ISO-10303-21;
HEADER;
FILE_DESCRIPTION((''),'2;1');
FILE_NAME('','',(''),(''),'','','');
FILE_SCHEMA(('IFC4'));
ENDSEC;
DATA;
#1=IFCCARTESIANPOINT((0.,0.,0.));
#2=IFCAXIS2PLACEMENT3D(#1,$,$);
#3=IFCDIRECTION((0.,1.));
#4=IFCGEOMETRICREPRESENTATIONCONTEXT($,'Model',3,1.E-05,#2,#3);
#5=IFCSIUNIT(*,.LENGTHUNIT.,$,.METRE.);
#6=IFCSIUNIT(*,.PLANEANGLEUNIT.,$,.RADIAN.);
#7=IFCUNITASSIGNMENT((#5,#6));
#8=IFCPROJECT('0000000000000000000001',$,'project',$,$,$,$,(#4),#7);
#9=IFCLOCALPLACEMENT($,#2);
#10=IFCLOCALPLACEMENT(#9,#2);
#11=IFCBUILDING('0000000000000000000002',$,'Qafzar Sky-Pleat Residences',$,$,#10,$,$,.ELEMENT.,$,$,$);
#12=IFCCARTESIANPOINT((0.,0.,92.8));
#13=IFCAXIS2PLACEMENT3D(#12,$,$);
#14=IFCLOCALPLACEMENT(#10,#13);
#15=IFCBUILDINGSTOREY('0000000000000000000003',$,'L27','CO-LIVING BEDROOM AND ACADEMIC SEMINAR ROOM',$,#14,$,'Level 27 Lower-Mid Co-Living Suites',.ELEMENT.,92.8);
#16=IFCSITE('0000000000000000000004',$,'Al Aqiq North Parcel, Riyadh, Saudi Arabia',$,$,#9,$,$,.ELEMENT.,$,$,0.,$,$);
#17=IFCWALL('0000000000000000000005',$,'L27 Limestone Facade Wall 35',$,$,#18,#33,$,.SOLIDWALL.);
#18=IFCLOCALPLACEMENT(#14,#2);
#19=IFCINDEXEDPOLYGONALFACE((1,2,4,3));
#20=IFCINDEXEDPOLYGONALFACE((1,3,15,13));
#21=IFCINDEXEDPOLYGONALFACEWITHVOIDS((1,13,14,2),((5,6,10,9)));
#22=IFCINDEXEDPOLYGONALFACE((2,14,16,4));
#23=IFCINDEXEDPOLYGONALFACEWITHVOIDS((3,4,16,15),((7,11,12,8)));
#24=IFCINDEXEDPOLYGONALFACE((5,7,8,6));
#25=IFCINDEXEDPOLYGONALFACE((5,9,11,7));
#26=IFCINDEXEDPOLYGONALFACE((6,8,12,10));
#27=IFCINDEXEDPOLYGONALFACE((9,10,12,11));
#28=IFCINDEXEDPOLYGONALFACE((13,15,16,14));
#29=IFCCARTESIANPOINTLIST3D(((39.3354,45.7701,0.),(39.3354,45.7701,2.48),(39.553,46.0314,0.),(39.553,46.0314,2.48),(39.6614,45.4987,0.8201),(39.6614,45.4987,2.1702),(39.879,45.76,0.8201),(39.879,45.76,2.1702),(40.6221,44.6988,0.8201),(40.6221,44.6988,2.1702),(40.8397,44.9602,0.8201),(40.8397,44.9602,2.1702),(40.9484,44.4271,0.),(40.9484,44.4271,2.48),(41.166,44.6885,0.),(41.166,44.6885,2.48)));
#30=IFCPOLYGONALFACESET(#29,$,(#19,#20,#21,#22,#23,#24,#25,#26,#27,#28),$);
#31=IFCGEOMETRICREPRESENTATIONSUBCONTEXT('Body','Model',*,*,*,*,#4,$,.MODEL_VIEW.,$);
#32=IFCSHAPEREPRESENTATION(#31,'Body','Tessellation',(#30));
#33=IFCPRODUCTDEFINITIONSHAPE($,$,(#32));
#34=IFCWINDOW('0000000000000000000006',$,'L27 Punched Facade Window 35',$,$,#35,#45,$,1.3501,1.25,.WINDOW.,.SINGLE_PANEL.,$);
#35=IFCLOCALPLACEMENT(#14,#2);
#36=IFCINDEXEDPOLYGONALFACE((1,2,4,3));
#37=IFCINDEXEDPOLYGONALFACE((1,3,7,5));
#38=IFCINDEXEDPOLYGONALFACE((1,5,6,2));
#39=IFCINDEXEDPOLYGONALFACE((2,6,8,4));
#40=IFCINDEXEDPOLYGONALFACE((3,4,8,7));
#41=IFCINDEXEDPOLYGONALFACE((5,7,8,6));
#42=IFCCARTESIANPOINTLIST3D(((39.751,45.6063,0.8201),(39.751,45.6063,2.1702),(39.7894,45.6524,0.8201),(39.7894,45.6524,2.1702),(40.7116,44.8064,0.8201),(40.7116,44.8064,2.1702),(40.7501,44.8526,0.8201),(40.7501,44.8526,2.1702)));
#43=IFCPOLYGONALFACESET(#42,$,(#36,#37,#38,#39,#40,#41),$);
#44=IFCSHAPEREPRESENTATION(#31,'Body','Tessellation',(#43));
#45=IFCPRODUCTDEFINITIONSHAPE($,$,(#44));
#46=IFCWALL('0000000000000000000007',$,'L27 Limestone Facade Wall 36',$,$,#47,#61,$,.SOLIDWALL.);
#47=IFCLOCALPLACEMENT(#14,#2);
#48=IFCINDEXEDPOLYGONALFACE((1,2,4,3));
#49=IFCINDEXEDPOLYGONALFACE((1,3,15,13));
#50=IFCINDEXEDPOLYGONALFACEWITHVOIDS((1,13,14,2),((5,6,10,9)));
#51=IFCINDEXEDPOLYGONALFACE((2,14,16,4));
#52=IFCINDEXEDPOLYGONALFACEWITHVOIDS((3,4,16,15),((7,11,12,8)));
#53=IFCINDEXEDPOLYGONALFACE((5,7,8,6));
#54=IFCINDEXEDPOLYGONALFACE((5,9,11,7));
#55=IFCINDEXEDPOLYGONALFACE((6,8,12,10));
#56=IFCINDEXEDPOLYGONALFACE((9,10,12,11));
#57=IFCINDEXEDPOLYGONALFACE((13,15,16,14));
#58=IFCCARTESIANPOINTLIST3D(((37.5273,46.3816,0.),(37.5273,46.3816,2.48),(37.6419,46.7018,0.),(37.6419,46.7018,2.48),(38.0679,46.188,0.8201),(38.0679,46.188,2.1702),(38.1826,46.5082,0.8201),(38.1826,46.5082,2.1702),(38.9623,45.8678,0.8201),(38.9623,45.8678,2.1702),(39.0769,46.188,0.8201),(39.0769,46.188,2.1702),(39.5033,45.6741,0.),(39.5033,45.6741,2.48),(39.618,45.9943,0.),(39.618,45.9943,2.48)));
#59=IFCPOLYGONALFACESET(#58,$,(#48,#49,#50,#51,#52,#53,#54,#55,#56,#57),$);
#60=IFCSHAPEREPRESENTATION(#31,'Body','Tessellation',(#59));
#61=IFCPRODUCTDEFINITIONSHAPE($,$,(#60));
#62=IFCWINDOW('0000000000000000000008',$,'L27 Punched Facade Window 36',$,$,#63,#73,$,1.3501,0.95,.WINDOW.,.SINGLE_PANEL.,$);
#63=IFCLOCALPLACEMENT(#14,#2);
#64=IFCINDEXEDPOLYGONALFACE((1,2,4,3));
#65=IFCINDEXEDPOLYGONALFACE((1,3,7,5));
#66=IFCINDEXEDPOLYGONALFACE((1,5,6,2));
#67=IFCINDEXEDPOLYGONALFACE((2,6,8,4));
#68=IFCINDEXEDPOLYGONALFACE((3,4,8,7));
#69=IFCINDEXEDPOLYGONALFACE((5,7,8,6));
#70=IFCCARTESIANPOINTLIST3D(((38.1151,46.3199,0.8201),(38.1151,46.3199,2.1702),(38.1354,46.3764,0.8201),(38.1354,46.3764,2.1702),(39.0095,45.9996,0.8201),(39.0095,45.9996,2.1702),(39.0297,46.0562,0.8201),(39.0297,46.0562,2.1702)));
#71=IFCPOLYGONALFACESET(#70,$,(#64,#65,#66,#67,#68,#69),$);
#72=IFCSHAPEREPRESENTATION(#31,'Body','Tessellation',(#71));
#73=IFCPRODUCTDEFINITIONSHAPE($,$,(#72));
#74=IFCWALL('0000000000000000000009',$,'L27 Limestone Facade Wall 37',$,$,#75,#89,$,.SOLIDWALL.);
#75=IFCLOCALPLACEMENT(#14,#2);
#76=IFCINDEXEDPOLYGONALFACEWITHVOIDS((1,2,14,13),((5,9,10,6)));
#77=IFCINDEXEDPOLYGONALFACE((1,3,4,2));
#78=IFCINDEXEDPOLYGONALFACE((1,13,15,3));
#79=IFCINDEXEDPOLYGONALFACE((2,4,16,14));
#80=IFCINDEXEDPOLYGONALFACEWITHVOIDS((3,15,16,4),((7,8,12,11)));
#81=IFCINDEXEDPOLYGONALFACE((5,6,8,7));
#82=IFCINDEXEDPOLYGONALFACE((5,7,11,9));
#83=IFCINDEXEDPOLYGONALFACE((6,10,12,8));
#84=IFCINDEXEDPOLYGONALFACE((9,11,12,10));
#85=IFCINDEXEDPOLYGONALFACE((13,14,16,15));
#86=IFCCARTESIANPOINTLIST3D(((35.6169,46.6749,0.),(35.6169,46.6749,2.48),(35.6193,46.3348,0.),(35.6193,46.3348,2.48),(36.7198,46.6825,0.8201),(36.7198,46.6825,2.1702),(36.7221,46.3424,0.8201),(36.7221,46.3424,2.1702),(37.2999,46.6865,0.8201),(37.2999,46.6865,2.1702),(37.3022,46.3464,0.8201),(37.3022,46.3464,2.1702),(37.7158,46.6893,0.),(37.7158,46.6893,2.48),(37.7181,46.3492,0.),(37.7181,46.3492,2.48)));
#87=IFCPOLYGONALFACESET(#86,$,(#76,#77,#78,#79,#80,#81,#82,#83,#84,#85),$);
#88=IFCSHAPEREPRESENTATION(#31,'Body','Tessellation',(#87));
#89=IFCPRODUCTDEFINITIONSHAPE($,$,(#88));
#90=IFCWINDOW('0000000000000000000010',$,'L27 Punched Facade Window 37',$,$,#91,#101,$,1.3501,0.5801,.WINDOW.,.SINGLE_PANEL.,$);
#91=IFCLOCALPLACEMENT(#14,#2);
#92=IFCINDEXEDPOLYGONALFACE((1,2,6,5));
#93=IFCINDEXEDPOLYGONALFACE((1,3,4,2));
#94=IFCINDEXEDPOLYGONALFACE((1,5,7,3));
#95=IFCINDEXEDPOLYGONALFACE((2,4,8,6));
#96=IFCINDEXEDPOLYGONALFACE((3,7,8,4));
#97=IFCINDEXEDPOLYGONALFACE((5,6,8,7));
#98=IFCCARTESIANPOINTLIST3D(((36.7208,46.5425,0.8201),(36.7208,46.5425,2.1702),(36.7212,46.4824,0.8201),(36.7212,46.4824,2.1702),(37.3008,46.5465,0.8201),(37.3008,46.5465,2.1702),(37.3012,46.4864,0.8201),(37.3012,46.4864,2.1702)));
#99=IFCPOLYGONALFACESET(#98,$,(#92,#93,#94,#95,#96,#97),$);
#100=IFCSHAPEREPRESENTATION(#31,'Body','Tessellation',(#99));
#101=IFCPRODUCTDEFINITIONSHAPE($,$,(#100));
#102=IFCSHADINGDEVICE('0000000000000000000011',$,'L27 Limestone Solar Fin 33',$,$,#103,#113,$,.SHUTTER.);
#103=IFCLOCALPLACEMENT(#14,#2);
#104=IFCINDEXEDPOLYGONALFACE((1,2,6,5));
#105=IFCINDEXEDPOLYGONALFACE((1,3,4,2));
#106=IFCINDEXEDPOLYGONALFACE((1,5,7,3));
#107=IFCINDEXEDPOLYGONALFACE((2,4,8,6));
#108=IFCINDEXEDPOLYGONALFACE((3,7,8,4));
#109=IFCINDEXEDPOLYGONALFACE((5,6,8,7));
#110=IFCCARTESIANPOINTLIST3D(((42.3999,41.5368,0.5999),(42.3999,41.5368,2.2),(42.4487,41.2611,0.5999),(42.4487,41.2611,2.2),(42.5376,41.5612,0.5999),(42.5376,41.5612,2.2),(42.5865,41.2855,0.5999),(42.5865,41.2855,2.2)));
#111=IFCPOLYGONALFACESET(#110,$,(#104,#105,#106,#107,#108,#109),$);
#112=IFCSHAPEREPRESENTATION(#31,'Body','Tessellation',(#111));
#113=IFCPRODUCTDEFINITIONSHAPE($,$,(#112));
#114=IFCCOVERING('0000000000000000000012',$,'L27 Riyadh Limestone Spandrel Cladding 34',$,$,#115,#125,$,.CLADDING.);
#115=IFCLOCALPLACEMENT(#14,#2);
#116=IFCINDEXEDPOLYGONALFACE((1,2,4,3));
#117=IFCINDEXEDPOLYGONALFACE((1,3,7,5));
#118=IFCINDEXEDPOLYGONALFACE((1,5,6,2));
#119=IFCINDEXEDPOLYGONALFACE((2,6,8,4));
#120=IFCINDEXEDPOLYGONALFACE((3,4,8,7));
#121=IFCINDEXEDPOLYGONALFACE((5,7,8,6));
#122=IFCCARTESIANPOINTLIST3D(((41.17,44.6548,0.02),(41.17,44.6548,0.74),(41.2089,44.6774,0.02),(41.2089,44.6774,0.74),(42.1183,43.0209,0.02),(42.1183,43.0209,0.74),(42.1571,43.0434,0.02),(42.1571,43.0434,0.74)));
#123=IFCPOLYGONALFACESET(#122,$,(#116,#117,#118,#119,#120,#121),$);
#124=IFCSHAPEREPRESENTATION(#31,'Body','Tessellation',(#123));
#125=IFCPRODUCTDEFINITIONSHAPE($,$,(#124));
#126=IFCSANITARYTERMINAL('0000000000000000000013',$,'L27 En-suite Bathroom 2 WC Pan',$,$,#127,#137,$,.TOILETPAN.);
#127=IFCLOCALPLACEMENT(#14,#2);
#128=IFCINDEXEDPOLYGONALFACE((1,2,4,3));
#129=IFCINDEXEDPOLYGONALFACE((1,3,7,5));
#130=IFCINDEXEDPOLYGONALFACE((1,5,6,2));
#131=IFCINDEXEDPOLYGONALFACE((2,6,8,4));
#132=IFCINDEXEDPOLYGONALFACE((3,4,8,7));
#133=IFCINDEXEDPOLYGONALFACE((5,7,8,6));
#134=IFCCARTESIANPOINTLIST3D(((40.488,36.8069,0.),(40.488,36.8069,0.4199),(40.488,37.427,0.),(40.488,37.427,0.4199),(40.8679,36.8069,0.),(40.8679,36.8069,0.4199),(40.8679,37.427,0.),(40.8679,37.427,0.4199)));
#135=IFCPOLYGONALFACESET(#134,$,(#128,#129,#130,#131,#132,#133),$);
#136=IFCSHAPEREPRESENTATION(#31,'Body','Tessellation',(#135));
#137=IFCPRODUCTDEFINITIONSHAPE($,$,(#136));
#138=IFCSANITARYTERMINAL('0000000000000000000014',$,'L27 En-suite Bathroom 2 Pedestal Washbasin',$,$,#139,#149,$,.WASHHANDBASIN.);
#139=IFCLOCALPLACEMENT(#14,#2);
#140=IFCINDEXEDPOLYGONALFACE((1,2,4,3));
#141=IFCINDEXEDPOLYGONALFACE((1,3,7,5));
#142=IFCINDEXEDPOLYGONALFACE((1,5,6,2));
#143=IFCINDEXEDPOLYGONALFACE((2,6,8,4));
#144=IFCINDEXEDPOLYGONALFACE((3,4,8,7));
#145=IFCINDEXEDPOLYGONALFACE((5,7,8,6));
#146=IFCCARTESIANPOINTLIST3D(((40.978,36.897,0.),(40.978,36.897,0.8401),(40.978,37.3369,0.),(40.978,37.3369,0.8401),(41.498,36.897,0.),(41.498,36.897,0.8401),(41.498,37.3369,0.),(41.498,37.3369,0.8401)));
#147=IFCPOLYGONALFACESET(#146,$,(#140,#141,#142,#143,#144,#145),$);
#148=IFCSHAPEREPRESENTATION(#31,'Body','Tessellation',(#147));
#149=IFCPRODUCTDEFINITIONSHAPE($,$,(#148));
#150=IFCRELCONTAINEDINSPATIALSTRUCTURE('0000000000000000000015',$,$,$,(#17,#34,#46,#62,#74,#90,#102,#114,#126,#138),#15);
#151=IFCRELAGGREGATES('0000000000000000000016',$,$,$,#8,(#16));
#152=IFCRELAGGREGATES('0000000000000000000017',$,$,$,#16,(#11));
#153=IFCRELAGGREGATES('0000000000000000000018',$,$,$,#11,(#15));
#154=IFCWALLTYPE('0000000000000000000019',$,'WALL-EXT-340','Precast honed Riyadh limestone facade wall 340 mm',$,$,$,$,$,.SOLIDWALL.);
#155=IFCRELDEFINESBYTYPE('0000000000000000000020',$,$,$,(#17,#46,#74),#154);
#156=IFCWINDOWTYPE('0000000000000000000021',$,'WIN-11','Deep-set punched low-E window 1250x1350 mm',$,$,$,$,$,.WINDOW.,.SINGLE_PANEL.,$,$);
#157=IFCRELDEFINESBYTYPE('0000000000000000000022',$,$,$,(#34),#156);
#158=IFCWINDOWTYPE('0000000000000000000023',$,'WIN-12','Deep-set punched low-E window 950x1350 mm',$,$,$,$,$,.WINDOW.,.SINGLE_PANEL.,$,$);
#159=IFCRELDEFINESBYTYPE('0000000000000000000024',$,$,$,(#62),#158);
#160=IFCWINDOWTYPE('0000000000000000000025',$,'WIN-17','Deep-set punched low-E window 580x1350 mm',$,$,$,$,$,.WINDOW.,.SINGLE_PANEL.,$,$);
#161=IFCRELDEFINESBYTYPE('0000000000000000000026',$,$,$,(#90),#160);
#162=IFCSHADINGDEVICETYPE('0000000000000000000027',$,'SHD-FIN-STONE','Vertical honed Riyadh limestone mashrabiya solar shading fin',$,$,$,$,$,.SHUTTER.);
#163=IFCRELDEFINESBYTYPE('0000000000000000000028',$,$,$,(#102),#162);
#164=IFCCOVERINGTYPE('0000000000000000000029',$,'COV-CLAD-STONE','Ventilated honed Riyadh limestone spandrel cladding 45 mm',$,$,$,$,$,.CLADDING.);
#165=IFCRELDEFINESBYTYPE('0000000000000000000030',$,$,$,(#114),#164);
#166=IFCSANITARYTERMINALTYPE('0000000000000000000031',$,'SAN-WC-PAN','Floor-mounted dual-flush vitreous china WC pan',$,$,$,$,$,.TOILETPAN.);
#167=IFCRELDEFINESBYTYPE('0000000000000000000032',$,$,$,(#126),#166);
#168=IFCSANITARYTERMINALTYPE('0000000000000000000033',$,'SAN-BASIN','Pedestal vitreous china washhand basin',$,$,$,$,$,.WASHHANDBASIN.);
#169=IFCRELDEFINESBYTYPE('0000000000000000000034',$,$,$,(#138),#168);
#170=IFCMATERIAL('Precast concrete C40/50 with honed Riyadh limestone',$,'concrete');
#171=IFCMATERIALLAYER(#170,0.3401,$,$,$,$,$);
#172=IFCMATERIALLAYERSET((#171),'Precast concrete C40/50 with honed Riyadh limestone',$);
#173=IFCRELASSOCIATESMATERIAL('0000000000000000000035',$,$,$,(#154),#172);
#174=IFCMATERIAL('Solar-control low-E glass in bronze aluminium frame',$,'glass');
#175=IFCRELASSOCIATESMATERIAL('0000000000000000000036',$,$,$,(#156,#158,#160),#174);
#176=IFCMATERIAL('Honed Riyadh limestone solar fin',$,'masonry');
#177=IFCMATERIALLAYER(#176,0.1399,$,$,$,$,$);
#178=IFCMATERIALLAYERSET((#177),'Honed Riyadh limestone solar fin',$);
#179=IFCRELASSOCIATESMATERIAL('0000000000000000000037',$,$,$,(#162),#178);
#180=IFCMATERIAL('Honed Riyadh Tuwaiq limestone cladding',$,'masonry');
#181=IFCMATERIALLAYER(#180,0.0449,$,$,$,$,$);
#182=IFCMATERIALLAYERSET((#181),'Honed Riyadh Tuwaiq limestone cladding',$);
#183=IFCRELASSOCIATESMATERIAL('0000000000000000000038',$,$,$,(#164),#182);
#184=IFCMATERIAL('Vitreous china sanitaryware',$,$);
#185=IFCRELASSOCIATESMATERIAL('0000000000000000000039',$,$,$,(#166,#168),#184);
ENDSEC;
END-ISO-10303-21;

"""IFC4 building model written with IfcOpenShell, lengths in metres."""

from ifc_helpers import new_model, si_unit, direction, frame, frame_2d, origin, origin_2d, place, context, subcontext, project, spatial, rectangle, extrude, source, transform, mapped, material, layer, layer_set, type_object, element, fill, save


model = new_model("IFC4")

# Units and contexts
model_context = context("Model", 3, precision=1e-05, world=origin(), true_north=direction((0.0, 1.0)))
body_context = subcontext(model_context, "Body", "Model", "MODEL_VIEW")
ifc_project = project(units=[si_unit("LENGTHUNIT", "METRE"), si_unit("PLANEANGLEUNIT", "RADIAN")], contexts=[model_context])

# Site, building, storey
site_placement = place(None, origin())
site = spatial("IfcSite", under=ifc_project, at=site_placement, Name="Al Aqiq North Parcel, Riyadh, Saudi Arabia", CompositionType="ELEMENT", RefElevation=0.0)
building_placement = place(site_placement, origin())
building = spatial("IfcBuilding", under=site, at=building_placement, Name="Qafzar Sky-Pleat Residences", CompositionType="ELEMENT")
storey_placement = place(building_placement, frame((0.0, 0.0, 92.8)))
storey = spatial("IfcBuildingStorey", under=building, at=storey_placement, Name="L27", Description="CO-LIVING BEDROOM AND ACADEMIC SEMINAR ROOM", LongName="Level 27 Lower-Mid Co-Living Suites", CompositionType="ELEMENT", Elevation=92.8)

# Walls, openings, windows
ifc_material_1 = material(Name="Precast concrete C40/50 with honed Riyadh limestone", Category="concrete")
ifc_layer_1 = layer(ifc_material_1, 0.3401)
ifc_layer_set_1 = layer_set([ifc_layer_1], Name="Precast concrete C40/50 with honed Riyadh limestone")
wall_type_1 = type_object("IfcWallType", Name="WALL-EXT-340", Description="Precast honed Riyadh limestone facade wall 340 mm", PredefinedType="SOLIDWALL", material=ifc_layer_set_1)
ifc_material_2 = material(Name="Solar-control low-E glass in bronze aluminium frame", Category="glass")
wall_1_placement = place(storey_placement, frame((41.0571, 44.5579, 0.0), z_axis=(0.0, 0.0, 1.0), x_axis=(-0.768498, 0.639853, 0.0)))
wall_1 = element("IfcWall", 1, at=wall_1_placement, inside=storey, type_object=wall_type_1, Name="L27 Limestone Facade Wall 35", PredefinedType="SOLIDWALL", context=body_context, shape_type="SweptSolid", body=[
    extrude(rectangle(XDim=2.0989, YDim=0.3401, at=frame_2d((1.0493, 0.0))), origin(), (0.0, 0.0, 1.0), 2.48),
])
opening_1_placement = place(wall_1_placement, frame((0.4246, 0.0, 0.8201)))
opening_1 = element("IfcOpeningElement", 2, at=opening_1_placement, cuts=wall_1, PredefinedType="OPENING", context=body_context, shape_type="SweptSolid", body=[
    extrude(rectangle(XDim=1.25, YDim=1.3501, at=frame_2d((0.625, 0.675))), frame((0.0, 0.1802, 0.0), z_axis=(0.0, -1.0, 0.0), x_axis=(1.0, 0.0, 0.0)), (0.0, 0.0, 1.0), 0.3601),
])
window_type_1 = type_object("IfcWindowType", Name="WIN-11", Description="Deep-set punched low-E window 1250x1350 mm", PartitioningType="SINGLE_PANEL", PredefinedType="WINDOW", material=ifc_material_2)
shared_shape_1 = source(origin(), body_context, "Body", "SweptSolid", [
    extrude(rectangle(XDim=1.25, YDim=1.3501, at=frame_2d((0.625, 0.675))), frame((0.0, 0.03, 0.0), z_axis=(0.0, -1.0, 0.0), x_axis=(1.0, 0.0, 0.0)), (0.0, 0.0, 1.0), 0.0601),
])
window_1_placement = place(opening_1_placement, origin())
window_1 = element("IfcWindow", 3, at=window_1_placement, inside=storey, type_object=window_type_1, Name="L27 Punched Facade Window 35", OverallHeight=1.3501, OverallWidth=1.25, PartitioningType="SINGLE_PANEL", PredefinedType="WINDOW", context=body_context, shape_type="MappedRepresentation", body=[
    mapped(shared_shape_1, transform((0.0, 0.0, 0.0), x_axis=(1.0, 0.0, 0.0), y_axis=(0.0, 1.0, 0.0), z_axis=(0.0, 0.0, 1.0), scale=1.0)),
])
fill(opening_1, window_1)
wall_2_placement = place(storey_placement, frame((39.5605, 45.8342, 0.0), z_axis=(0.0, 0.0, 1.0), x_axis=(-0.941473, 0.337088, 0.0)))
wall_2 = element("IfcWall", 4, at=wall_2_placement, inside=storey, type_object=wall_type_1, Name="L27 Limestone Facade Wall 36", PredefinedType="SOLIDWALL", context=body_context, shape_type="SweptSolid", body=[
    extrude(rectangle(XDim=2.0989, YDim=0.3401, at=frame_2d((1.0493, 0.0))), origin(), (0.0, 0.0, 1.0), 2.48),
])
opening_2_placement = place(wall_2_placement, frame((0.5745, 0.0, 0.8201)))
opening_2 = element("IfcOpeningElement", 5, at=opening_2_placement, cuts=wall_2, PredefinedType="OPENING", context=body_context, shape_type="SweptSolid", body=[
    extrude(rectangle(XDim=0.95, YDim=1.3501, at=frame_2d((0.4751, 0.675))), frame((0.0, 0.1802, 0.0), z_axis=(0.0, -1.0, 0.0), x_axis=(1.0, 0.0, 0.0)), (0.0, 0.0, 1.0), 0.3601),
])
window_type_2 = type_object("IfcWindowType", Name="WIN-12", Description="Deep-set punched low-E window 950x1350 mm", PartitioningType="SINGLE_PANEL", PredefinedType="WINDOW", material=ifc_material_2)
shared_shape_2 = source(origin(), body_context, "Body", "SweptSolid", [
    extrude(rectangle(XDim=0.95, YDim=1.3501, at=frame_2d((0.4751, 0.675))), frame((0.0, 0.03, 0.0), z_axis=(0.0, -1.0, 0.0), x_axis=(1.0, 0.0, 0.0)), (0.0, 0.0, 1.0), 0.0601),
])
window_2_placement = place(opening_2_placement, origin())
window_2 = element("IfcWindow", 6, at=window_2_placement, inside=storey, type_object=window_type_2, Name="L27 Punched Facade Window 36", OverallHeight=1.3501, OverallWidth=0.95, PartitioningType="SINGLE_PANEL", PredefinedType="WINDOW", context=body_context, shape_type="MappedRepresentation", body=[
    mapped(shared_shape_2, transform((0.0, 0.0, 0.0), x_axis=(1.0, 0.0, 0.0), y_axis=(0.0, 1.0, 0.0), z_axis=(0.0, 0.0, 1.0), scale=1.0)),
])
fill(opening_2, window_2)
wall_3_placement = place(storey_placement, frame((37.7168, 46.5193, 0.0), z_axis=(0.0, 0.0, 1.0), x_axis=(-0.999976, -0.006863, 0.0)))
wall_3 = element("IfcWall", 7, at=wall_3_placement, inside=storey, type_object=wall_type_1, Name="L27 Limestone Facade Wall 37", PredefinedType="SOLIDWALL", context=body_context, shape_type="SweptSolid", body=[
    extrude(rectangle(XDim=2.0989, YDim=0.3401, at=frame_2d((1.0493, 0.0))), origin(), (0.0, 0.0, 1.0), 2.48),
])
opening_3_placement = place(wall_3_placement, frame((0.4158, 0.0, 0.8201)))
opening_3 = element("IfcOpeningElement", 8, at=opening_3_placement, cuts=wall_3, PredefinedType="OPENING", context=body_context, shape_type="SweptSolid", body=[
    extrude(rectangle(XDim=0.5801, YDim=1.3501, at=frame_2d((0.29, 0.675))), frame((0.0, 0.1802, 0.0), z_axis=(0.0, -1.0, 0.0), x_axis=(1.0, 0.0, 0.0)), (0.0, 0.0, 1.0), 0.3601),
])
window_type_3 = type_object("IfcWindowType", Name="WIN-17", Description="Deep-set punched low-E window 580x1350 mm", PartitioningType="SINGLE_PANEL", PredefinedType="WINDOW", material=ifc_material_2)
shared_shape_3 = source(origin(), body_context, "Body", "SweptSolid", [
    extrude(rectangle(XDim=0.5801, YDim=1.3501, at=frame_2d((0.29, 0.675))), frame((0.0, 0.03, 0.0), z_axis=(0.0, -1.0, 0.0), x_axis=(1.0, 0.0, 0.0)), (0.0, 0.0, 1.0), 0.0601),
])
window_3_placement = place(opening_3_placement, origin())
window_3 = element("IfcWindow", 9, at=window_3_placement, inside=storey, type_object=window_type_3, Name="L27 Punched Facade Window 37", OverallHeight=1.3501, OverallWidth=0.5801, PartitioningType="SINGLE_PANEL", PredefinedType="WINDOW", context=body_context, shape_type="MappedRepresentation", body=[
    mapped(shared_shape_3, transform((0.0, 0.0, 0.0), x_axis=(1.0, 0.0, 0.0), y_axis=(0.0, 1.0, 0.0), z_axis=(0.0, 0.0, 1.0), scale=1.0)),
])
fill(opening_3, window_3)

# Shading device
ifc_material_3 = material(Name="Honed Riyadh limestone solar fin", Category="masonry")
ifc_layer_2 = layer(ifc_material_3, 0.1399)
ifc_layer_set_2 = layer_set([ifc_layer_2], Name="Honed Riyadh limestone solar fin")
shading_device_type = type_object("IfcShadingDeviceType", Name="SHD-FIN-STONE", Description="Vertical honed Riyadh limestone mashrabiya solar shading fin", PredefinedType="SHUTTER", material=ifc_layer_set_2)
shared_shape_4 = source(origin(), body_context, "Body", "SweptSolid", [
    extrude(rectangle(XDim=0.1399, YDim=0.28, at=origin_2d()), origin(), (0.0, 0.0, 1.0), 1.6001),
])
shading_device_placement = place(storey_placement, frame((42.4932, 41.4111, 0.5999), z_axis=(0.0, 0.0, 1.0), x_axis=(0.984676, 0.174394, 0.0)))
element("IfcShadingDevice", 10, at=shading_device_placement, inside=storey, type_object=shading_device_type, Name="L27 Limestone Solar Fin 33", PredefinedType="SHUTTER", context=body_context, shape_type="MappedRepresentation", body=[
    mapped(shared_shape_4, transform((0.0, 0.0, 0.0), x_axis=(1.0, 0.0, 0.0), y_axis=(0.0, 1.0, 0.0), z_axis=(0.0, 0.0, 1.0), scale=1.0)),
])

# Covering
ifc_material_4 = material(Name="Honed Riyadh Tuwaiq limestone cladding", Category="masonry")
ifc_layer_3 = layer(ifc_material_4, 0.0449)
ifc_layer_set_3 = layer_set([ifc_layer_3], Name="Honed Riyadh Tuwaiq limestone cladding")
covering_type = type_object("IfcCoveringType", Name="COV-CLAD-STONE", Description="Ventilated honed Riyadh limestone spandrel cladding 45 mm", PredefinedType="CLADDING", material=ifc_layer_set_3)
shared_shape_5 = source(origin(), body_context, "Body", "SweptSolid", [
    extrude(rectangle(XDim=1.8892, YDim=0.0449, at=origin_2d()), origin(), (0.0, 0.0, 1.0), 0.72),
])
covering_placement = place(storey_placement, frame((41.6636, 43.8491, 0.02), z_axis=(0.0, 0.0, 1.0), x_axis=(-0.501956, 0.864893, 0.0)))
element("IfcCovering", 11, at=covering_placement, inside=storey, type_object=covering_type, Name="L27 Riyadh Limestone Spandrel Cladding 34", PredefinedType="CLADDING", context=body_context, shape_type="MappedRepresentation", body=[
    mapped(shared_shape_5, transform((0.0, 0.0, 0.0), x_axis=(1.0, 0.0, 0.0), y_axis=(0.0, 1.0, 0.0), z_axis=(0.0, 0.0, 1.0), scale=1.0)),
])

# Sanitary terminals
ifc_material_5 = material(Name="Vitreous china sanitaryware")
sanitary_terminal_type_1 = type_object("IfcSanitaryTerminalType", Name="SAN-WC-PAN", Description="Floor-mounted dual-flush vitreous china WC pan", PredefinedType="TOILETPAN", material=ifc_material_5)
shared_shape_6 = source(origin(), body_context, "Body", "SweptSolid", [
    extrude(rectangle(XDim=0.3799, YDim=0.6201, at=origin_2d()), origin(), (0.0, 0.0, 1.0), 0.4199),
])
sanitary_terminal_1_placement = place(storey_placement, frame((40.678, 37.1169, 0.0), z_axis=(0.0, 0.0, 1.0), x_axis=(1.0, 0.0, 0.0)))
element("IfcSanitaryTerminal", 12, at=sanitary_terminal_1_placement, inside=storey, type_object=sanitary_terminal_type_1, Name="L27 En-suite Bathroom 2 WC Pan", PredefinedType="TOILETPAN", context=body_context, shape_type="MappedRepresentation", body=[
    mapped(shared_shape_6, transform((0.0, 0.0, 0.0), x_axis=(1.0, 0.0, 0.0), y_axis=(0.0, 1.0, 0.0), z_axis=(0.0, 0.0, 1.0), scale=1.0)),
])
sanitary_terminal_type_2 = type_object("IfcSanitaryTerminalType", Name="SAN-BASIN", Description="Pedestal vitreous china washhand basin", PredefinedType="WASHHANDBASIN", material=ifc_material_5)
shared_shape_7 = source(origin(), body_context, "Body", "SweptSolid", [
    extrude(rectangle(XDim=0.52, YDim=0.4399, at=origin_2d()), origin(), (0.0, 0.0, 1.0), 0.8401),
])
sanitary_terminal_2_placement = place(storey_placement, frame((41.238, 37.1169, 0.0), z_axis=(0.0, 0.0, 1.0), x_axis=(1.0, 0.0, 0.0)))
element("IfcSanitaryTerminal", 13, at=sanitary_terminal_2_placement, inside=storey, type_object=sanitary_terminal_type_2, Name="L27 En-suite Bathroom 2 Pedestal Washbasin", PredefinedType="WASHHANDBASIN", context=body_context, shape_type="MappedRepresentation", body=[
    mapped(shared_shape_7, transform((0.0, 0.0, 0.0), x_axis=(1.0, 0.0, 0.0), y_axis=(0.0, 1.0, 0.0), z_axis=(0.0, 0.0, 1.0), scale=1.0)),
])

save(model, "model.ifc")
